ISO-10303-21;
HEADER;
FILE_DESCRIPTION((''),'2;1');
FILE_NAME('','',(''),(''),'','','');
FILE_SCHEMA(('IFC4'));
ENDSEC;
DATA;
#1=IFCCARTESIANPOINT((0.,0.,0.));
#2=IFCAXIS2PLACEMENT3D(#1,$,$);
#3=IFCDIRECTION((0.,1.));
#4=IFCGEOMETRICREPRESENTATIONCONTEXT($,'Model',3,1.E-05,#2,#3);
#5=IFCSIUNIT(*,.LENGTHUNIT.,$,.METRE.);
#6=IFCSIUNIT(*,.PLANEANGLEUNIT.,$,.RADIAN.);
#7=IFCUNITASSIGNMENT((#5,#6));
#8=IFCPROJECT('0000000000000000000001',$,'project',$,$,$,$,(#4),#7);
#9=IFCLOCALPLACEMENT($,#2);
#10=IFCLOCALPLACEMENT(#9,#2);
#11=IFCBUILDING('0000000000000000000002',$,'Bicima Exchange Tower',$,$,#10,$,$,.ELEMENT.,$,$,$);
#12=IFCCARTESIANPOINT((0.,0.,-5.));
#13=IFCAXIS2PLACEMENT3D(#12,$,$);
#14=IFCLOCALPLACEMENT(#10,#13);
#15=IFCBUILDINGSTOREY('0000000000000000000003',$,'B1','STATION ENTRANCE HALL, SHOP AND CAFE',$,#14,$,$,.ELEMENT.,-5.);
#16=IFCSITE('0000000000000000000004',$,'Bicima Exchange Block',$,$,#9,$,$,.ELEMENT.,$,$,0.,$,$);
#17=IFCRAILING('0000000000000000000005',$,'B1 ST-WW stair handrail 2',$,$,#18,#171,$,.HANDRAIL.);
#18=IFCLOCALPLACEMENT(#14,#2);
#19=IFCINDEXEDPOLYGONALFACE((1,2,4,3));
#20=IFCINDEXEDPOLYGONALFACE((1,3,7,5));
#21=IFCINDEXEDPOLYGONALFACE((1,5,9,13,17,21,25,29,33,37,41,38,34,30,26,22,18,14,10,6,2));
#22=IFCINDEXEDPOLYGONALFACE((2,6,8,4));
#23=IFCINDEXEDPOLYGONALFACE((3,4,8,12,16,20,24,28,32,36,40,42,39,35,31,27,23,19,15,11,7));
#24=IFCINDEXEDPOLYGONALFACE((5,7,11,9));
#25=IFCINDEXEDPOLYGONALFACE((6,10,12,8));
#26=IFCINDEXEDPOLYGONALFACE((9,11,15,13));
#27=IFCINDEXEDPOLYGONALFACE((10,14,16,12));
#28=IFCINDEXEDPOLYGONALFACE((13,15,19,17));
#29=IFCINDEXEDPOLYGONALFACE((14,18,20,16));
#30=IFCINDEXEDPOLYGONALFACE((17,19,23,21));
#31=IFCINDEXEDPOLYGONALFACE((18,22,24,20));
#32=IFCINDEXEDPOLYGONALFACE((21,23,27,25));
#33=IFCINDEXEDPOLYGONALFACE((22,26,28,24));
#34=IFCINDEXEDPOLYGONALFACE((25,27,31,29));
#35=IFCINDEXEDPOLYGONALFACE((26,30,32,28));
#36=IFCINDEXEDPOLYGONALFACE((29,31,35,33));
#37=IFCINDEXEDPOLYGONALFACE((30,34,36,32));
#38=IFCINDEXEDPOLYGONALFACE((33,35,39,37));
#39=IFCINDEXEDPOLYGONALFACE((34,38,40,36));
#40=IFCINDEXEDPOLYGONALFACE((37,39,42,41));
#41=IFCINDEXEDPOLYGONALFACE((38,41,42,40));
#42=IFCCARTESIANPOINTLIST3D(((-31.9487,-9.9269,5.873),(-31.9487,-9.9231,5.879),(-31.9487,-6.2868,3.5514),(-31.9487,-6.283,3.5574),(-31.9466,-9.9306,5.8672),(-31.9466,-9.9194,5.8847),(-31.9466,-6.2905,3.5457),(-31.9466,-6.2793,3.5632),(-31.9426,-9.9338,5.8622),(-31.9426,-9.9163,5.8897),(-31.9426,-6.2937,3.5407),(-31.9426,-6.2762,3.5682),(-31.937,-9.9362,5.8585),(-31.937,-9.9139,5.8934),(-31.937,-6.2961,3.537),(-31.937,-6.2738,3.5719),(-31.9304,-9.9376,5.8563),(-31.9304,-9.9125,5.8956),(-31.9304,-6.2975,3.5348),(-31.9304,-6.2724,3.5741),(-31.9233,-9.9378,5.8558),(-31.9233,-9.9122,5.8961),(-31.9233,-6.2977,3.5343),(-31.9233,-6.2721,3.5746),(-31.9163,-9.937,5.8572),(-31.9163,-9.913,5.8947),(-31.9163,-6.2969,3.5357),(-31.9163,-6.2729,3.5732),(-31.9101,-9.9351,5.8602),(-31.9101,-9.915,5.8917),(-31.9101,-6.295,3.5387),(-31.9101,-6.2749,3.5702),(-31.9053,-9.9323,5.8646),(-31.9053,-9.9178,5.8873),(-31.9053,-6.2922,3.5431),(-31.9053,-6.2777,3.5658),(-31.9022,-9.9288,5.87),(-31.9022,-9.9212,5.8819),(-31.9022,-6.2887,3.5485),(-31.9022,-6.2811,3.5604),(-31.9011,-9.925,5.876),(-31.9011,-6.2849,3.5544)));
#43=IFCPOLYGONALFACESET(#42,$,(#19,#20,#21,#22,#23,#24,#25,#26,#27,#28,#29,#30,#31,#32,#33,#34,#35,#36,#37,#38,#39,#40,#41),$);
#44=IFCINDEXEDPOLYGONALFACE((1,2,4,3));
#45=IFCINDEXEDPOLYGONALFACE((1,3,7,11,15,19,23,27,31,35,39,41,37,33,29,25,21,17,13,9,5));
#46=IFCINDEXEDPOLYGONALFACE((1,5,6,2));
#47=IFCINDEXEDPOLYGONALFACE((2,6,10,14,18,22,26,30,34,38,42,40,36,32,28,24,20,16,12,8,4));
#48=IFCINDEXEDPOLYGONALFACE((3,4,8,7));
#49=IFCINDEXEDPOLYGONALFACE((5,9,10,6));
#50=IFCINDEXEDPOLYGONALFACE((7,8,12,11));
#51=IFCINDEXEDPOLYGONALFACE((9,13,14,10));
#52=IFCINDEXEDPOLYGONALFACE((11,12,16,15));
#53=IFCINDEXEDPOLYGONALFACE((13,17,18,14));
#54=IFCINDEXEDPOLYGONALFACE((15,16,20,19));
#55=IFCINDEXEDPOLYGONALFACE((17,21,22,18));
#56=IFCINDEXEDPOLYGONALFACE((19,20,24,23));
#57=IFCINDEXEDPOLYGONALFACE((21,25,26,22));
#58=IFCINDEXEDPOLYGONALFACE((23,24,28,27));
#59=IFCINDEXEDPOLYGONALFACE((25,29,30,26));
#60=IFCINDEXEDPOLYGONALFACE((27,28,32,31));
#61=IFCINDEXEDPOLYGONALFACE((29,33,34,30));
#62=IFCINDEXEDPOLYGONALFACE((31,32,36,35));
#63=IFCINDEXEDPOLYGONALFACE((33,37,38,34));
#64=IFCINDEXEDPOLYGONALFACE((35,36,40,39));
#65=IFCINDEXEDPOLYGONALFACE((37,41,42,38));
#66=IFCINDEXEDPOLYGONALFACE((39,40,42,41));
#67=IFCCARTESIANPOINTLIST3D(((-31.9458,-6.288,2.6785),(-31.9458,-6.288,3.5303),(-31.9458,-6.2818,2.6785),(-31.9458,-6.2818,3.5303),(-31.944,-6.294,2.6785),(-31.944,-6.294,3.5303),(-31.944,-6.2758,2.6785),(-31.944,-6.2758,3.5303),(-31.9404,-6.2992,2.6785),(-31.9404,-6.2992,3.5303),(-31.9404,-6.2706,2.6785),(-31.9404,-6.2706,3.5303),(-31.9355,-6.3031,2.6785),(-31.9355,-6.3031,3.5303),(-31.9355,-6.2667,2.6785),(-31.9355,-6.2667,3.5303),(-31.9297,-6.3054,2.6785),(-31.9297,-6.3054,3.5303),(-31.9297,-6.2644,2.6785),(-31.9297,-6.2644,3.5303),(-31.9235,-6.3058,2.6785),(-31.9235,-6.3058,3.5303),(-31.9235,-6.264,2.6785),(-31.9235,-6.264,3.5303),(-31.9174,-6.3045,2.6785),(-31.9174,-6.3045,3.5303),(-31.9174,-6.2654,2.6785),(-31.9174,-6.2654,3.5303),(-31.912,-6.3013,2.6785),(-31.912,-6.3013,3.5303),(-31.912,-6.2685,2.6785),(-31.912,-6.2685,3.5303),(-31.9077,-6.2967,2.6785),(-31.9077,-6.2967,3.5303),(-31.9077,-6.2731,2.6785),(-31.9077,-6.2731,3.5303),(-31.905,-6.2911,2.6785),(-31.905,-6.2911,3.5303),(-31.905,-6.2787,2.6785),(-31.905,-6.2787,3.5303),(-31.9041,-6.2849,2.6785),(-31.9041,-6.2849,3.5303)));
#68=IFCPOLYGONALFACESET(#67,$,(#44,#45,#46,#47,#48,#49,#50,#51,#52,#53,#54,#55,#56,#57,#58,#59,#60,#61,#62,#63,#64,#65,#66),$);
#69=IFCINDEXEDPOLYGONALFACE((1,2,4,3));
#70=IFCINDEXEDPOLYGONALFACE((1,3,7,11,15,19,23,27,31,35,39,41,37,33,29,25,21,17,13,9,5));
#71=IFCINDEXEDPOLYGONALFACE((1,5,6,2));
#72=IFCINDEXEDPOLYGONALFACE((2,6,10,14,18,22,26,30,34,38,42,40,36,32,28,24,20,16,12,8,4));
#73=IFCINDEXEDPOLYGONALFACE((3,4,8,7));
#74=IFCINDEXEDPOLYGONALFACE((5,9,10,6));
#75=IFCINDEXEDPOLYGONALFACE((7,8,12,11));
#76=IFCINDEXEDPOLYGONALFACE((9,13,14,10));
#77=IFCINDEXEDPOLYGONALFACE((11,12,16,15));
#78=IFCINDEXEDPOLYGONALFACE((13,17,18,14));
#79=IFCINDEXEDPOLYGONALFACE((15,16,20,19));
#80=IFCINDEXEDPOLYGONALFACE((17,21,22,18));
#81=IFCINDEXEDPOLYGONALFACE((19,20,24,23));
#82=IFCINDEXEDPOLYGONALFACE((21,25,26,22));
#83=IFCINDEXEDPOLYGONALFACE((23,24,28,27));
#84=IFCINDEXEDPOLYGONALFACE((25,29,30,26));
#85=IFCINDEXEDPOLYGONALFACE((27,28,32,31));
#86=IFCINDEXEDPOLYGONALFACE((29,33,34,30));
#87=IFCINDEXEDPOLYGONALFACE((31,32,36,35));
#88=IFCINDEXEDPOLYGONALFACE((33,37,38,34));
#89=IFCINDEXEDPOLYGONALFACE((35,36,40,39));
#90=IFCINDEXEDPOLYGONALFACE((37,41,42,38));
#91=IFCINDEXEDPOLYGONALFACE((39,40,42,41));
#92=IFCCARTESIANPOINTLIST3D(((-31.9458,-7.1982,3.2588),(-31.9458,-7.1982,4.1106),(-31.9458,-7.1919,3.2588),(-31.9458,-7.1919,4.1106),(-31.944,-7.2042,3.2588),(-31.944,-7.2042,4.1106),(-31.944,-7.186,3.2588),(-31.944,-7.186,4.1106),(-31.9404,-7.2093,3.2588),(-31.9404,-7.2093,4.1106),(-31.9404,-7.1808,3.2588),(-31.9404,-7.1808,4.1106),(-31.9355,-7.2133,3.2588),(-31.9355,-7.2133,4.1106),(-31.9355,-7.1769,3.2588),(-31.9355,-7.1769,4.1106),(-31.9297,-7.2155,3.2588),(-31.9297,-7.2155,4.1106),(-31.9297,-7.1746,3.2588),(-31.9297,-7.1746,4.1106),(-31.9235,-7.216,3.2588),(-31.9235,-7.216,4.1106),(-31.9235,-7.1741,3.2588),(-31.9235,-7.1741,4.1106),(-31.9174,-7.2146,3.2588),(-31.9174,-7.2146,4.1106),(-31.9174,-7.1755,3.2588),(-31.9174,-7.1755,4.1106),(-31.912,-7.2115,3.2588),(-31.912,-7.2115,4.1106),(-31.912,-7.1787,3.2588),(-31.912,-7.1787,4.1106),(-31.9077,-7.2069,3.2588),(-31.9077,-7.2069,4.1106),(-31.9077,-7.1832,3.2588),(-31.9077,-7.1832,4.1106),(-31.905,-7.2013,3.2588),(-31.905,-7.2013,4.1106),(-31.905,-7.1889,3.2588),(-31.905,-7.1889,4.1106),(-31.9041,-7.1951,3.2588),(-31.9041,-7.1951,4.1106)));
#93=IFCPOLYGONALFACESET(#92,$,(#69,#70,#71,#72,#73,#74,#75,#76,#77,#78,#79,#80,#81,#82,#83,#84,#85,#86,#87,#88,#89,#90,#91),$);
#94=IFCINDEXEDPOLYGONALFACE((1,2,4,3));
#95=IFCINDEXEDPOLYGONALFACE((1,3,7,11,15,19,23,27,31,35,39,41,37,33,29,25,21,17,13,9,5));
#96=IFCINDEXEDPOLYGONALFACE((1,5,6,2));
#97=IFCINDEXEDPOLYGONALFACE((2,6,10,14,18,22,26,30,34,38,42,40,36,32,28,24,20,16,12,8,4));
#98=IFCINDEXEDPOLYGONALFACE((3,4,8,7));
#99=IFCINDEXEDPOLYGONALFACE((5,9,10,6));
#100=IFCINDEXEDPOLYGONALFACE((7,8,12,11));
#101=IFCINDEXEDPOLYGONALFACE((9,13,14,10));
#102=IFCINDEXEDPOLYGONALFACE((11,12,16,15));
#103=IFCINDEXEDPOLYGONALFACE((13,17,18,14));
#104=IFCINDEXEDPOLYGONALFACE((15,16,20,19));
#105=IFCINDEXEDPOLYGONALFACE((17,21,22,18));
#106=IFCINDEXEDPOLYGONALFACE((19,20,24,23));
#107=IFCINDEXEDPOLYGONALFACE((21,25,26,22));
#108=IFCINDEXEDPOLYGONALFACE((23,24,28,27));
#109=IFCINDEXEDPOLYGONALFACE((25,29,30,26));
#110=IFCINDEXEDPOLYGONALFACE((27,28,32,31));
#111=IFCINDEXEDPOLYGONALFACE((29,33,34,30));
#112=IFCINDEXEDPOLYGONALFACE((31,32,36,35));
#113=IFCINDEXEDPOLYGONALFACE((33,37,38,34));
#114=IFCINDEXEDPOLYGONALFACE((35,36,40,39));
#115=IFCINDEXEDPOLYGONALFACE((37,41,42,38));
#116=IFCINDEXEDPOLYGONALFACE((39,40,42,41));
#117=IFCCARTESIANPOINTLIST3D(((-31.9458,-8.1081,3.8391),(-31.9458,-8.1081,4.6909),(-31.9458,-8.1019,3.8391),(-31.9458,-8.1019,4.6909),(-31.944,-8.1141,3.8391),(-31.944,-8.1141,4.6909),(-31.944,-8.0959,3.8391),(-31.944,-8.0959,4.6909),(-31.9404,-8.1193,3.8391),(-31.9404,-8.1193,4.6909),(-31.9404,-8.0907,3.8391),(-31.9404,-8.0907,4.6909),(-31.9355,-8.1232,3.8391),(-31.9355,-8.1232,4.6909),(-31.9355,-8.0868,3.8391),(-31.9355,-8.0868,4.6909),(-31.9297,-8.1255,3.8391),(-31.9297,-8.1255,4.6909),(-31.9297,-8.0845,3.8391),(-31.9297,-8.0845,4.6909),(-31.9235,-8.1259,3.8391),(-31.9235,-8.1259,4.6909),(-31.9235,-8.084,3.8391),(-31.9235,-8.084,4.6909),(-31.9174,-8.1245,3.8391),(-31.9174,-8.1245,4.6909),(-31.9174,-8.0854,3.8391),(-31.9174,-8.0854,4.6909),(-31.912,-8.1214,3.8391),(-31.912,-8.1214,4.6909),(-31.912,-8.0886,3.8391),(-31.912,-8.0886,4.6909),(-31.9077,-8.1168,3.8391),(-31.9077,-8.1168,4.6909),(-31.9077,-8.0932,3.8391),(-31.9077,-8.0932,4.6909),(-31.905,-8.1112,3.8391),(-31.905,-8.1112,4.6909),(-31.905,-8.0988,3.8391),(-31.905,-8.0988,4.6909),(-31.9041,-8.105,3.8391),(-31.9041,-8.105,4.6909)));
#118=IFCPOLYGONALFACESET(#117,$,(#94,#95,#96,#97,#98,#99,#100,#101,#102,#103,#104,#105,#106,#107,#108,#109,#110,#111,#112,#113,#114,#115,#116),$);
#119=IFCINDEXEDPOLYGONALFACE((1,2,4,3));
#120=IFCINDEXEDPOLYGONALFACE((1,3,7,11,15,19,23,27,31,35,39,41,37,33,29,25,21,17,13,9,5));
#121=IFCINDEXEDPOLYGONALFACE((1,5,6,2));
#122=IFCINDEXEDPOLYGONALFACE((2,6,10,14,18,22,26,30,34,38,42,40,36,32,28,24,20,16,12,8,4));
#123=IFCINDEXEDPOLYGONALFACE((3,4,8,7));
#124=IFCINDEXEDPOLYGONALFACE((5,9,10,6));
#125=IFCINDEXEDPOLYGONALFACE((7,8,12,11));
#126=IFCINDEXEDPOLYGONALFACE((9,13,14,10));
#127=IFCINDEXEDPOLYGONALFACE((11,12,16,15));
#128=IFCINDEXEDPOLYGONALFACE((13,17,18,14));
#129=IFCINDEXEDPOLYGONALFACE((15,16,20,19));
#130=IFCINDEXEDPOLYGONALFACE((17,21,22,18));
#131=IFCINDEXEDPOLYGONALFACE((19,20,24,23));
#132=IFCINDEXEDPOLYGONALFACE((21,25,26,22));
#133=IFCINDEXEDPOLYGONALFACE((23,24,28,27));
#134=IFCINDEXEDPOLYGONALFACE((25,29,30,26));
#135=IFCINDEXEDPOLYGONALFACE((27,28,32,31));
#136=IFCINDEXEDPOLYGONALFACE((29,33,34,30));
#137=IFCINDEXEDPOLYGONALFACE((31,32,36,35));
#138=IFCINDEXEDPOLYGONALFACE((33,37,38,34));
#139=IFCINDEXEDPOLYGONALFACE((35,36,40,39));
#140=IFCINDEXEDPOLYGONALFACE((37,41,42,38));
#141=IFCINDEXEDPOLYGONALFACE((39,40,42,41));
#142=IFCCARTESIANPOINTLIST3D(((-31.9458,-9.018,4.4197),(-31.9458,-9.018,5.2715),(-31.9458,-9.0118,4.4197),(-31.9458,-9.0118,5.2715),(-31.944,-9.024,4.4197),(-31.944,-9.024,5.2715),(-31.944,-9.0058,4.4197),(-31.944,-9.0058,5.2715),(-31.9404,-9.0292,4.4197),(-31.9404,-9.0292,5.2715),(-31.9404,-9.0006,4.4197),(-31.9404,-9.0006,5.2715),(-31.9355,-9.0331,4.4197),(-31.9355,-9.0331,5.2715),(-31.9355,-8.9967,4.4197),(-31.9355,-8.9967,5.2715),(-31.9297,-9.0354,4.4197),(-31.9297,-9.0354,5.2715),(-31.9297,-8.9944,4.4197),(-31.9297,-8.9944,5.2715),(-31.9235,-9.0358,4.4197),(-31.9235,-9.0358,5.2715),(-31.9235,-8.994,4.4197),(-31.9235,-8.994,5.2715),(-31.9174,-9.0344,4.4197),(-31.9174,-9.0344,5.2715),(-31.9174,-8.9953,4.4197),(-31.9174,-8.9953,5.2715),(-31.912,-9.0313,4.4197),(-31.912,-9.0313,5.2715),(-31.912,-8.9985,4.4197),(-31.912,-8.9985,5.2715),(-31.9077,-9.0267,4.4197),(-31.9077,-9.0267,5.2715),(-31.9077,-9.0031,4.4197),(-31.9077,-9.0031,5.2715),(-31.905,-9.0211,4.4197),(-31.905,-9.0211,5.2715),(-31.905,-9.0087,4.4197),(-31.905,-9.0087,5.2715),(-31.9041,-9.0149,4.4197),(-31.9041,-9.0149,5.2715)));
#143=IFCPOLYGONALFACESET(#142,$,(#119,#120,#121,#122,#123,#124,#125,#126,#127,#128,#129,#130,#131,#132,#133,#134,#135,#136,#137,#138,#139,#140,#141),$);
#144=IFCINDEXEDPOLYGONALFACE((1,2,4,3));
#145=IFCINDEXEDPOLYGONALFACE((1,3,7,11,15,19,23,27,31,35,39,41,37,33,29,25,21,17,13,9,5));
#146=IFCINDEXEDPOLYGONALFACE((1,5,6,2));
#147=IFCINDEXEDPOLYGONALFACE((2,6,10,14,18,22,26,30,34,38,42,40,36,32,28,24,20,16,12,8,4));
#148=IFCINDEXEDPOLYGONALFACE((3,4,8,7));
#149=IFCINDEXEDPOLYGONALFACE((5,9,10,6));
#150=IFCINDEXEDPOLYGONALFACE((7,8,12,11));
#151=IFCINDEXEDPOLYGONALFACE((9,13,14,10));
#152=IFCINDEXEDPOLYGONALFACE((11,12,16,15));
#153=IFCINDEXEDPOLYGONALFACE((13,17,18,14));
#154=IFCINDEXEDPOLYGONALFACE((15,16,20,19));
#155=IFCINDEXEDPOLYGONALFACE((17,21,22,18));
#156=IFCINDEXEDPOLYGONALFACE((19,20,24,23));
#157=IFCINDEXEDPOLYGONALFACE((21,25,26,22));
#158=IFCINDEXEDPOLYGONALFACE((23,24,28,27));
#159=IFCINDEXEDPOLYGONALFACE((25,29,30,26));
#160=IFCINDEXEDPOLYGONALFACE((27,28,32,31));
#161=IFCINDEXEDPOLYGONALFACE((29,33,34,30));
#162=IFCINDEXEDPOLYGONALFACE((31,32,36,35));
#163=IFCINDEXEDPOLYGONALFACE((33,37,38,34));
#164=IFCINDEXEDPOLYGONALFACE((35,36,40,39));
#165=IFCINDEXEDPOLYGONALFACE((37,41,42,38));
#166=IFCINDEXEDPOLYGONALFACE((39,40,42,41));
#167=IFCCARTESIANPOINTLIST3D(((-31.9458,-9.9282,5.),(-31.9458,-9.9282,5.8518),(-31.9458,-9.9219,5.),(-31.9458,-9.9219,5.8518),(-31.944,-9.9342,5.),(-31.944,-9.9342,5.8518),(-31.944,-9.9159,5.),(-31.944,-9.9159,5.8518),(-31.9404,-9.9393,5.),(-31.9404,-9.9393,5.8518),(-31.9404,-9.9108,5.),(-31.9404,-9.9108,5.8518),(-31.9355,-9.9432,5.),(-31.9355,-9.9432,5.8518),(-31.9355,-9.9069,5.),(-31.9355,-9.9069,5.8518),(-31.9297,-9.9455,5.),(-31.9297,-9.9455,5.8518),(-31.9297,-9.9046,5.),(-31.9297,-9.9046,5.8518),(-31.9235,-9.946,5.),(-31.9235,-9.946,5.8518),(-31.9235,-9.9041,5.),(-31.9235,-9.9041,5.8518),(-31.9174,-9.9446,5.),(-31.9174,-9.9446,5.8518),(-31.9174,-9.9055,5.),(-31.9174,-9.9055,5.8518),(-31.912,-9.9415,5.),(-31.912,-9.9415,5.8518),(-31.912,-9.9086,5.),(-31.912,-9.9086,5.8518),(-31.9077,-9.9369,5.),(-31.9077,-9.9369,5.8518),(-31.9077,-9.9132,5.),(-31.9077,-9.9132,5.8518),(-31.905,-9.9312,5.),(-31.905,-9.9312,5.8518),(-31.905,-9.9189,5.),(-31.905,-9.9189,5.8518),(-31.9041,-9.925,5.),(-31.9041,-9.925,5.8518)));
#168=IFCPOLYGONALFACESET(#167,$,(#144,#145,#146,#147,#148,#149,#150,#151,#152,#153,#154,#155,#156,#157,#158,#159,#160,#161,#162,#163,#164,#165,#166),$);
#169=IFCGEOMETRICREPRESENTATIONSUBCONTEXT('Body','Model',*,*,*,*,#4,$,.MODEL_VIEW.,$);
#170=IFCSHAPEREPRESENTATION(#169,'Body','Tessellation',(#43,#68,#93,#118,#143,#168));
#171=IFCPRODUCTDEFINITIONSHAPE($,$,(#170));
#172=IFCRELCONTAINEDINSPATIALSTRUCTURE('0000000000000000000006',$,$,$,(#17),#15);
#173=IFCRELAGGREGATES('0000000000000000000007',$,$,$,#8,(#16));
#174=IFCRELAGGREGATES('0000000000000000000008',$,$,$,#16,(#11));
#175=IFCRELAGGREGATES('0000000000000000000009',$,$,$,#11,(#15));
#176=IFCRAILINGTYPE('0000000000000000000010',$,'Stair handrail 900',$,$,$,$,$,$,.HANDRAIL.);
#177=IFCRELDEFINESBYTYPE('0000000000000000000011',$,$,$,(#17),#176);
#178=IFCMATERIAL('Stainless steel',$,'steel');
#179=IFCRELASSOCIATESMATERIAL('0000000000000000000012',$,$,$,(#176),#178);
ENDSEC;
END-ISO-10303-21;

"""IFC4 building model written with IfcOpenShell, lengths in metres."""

from ifc_helpers import new_model, si_unit, direction, frame, origin, origin_2d, place, context, subcontext, project, spatial, circle, extrude, material, type_object, element, save


model = new_model("IFC4")

# Units and contexts
model_context = context("Model", 3, precision=1e-05, world=origin(), true_north=direction((0.0, 1.0)))
body_context = subcontext(model_context, "Body", "Model", "MODEL_VIEW")
ifc_project = project(units=[si_unit("LENGTHUNIT", "METRE"), si_unit("PLANEANGLEUNIT", "RADIAN")], contexts=[model_context])

# Site, building, storey
site_placement = place(None, origin())
site = spatial("IfcSite", under=ifc_project, at=site_placement, Name="Bicima Exchange Block", CompositionType="ELEMENT", RefElevation=0.0)
building_placement = place(site_placement, origin())
building = spatial("IfcBuilding", under=site, at=building_placement, Name="Bicima Exchange Tower", CompositionType="ELEMENT")
storey_placement = place(building_placement, frame((0.0, 0.0, -5.0)))
storey = spatial("IfcBuildingStorey", under=building, at=storey_placement, Name="B1", Description="STATION ENTRANCE HALL, SHOP AND CAFE", CompositionType="ELEMENT", Elevation=-5.0)

# Railing
ifc_material_1 = material(Name="Stainless steel", Category="steel")
railing_type_1 = type_object("IfcRailingType", Name="Stair handrail 900", PredefinedType="HANDRAIL", material=ifc_material_1)
railing_1_placement = place(storey_placement, frame((-31.925, -6.2849, 2.6785)))
element("IfcRailing", 1, at=railing_1_placement, inside=storey, type_object=railing_type_1, Name="B1 ST-WW stair handrail 2", PredefinedType="HANDRAIL", context=body_context, shape_type="SweptSolid", body=[
    extrude(circle(Radius=0.0239, at=origin_2d()), frame((0.0, 0.0, 0.876), z_axis=(0.0, -0.843128, 0.537713), x_axis=(1.0, 0.0, 0.0)), (0.0, 0.0, 1.0), 4.3174),
    extrude(circle(Radius=0.021, at=origin_2d()), origin(), (0.0, 0.0, 1.0), 0.8518),
    extrude(circle(Radius=0.021, at=origin_2d()), frame((0.0, -0.9102, 0.5803)), (0.0, 0.0, 1.0), 0.8518),
    extrude(circle(Radius=0.021, at=origin_2d()), frame((0.0, -1.8201, 1.1606)), (0.0, 0.0, 1.0), 0.8518),
    extrude(circle(Radius=0.021, at=origin_2d()), frame((0.0, -2.73, 1.7412)), (0.0, 0.0, 1.0), 0.8518),
    extrude(circle(Radius=0.021, at=origin_2d()), frame((0.0, -3.6401, 2.3215)), (0.0, 0.0, 1.0), 0.8518),
])

save(model, "model.ifc")
